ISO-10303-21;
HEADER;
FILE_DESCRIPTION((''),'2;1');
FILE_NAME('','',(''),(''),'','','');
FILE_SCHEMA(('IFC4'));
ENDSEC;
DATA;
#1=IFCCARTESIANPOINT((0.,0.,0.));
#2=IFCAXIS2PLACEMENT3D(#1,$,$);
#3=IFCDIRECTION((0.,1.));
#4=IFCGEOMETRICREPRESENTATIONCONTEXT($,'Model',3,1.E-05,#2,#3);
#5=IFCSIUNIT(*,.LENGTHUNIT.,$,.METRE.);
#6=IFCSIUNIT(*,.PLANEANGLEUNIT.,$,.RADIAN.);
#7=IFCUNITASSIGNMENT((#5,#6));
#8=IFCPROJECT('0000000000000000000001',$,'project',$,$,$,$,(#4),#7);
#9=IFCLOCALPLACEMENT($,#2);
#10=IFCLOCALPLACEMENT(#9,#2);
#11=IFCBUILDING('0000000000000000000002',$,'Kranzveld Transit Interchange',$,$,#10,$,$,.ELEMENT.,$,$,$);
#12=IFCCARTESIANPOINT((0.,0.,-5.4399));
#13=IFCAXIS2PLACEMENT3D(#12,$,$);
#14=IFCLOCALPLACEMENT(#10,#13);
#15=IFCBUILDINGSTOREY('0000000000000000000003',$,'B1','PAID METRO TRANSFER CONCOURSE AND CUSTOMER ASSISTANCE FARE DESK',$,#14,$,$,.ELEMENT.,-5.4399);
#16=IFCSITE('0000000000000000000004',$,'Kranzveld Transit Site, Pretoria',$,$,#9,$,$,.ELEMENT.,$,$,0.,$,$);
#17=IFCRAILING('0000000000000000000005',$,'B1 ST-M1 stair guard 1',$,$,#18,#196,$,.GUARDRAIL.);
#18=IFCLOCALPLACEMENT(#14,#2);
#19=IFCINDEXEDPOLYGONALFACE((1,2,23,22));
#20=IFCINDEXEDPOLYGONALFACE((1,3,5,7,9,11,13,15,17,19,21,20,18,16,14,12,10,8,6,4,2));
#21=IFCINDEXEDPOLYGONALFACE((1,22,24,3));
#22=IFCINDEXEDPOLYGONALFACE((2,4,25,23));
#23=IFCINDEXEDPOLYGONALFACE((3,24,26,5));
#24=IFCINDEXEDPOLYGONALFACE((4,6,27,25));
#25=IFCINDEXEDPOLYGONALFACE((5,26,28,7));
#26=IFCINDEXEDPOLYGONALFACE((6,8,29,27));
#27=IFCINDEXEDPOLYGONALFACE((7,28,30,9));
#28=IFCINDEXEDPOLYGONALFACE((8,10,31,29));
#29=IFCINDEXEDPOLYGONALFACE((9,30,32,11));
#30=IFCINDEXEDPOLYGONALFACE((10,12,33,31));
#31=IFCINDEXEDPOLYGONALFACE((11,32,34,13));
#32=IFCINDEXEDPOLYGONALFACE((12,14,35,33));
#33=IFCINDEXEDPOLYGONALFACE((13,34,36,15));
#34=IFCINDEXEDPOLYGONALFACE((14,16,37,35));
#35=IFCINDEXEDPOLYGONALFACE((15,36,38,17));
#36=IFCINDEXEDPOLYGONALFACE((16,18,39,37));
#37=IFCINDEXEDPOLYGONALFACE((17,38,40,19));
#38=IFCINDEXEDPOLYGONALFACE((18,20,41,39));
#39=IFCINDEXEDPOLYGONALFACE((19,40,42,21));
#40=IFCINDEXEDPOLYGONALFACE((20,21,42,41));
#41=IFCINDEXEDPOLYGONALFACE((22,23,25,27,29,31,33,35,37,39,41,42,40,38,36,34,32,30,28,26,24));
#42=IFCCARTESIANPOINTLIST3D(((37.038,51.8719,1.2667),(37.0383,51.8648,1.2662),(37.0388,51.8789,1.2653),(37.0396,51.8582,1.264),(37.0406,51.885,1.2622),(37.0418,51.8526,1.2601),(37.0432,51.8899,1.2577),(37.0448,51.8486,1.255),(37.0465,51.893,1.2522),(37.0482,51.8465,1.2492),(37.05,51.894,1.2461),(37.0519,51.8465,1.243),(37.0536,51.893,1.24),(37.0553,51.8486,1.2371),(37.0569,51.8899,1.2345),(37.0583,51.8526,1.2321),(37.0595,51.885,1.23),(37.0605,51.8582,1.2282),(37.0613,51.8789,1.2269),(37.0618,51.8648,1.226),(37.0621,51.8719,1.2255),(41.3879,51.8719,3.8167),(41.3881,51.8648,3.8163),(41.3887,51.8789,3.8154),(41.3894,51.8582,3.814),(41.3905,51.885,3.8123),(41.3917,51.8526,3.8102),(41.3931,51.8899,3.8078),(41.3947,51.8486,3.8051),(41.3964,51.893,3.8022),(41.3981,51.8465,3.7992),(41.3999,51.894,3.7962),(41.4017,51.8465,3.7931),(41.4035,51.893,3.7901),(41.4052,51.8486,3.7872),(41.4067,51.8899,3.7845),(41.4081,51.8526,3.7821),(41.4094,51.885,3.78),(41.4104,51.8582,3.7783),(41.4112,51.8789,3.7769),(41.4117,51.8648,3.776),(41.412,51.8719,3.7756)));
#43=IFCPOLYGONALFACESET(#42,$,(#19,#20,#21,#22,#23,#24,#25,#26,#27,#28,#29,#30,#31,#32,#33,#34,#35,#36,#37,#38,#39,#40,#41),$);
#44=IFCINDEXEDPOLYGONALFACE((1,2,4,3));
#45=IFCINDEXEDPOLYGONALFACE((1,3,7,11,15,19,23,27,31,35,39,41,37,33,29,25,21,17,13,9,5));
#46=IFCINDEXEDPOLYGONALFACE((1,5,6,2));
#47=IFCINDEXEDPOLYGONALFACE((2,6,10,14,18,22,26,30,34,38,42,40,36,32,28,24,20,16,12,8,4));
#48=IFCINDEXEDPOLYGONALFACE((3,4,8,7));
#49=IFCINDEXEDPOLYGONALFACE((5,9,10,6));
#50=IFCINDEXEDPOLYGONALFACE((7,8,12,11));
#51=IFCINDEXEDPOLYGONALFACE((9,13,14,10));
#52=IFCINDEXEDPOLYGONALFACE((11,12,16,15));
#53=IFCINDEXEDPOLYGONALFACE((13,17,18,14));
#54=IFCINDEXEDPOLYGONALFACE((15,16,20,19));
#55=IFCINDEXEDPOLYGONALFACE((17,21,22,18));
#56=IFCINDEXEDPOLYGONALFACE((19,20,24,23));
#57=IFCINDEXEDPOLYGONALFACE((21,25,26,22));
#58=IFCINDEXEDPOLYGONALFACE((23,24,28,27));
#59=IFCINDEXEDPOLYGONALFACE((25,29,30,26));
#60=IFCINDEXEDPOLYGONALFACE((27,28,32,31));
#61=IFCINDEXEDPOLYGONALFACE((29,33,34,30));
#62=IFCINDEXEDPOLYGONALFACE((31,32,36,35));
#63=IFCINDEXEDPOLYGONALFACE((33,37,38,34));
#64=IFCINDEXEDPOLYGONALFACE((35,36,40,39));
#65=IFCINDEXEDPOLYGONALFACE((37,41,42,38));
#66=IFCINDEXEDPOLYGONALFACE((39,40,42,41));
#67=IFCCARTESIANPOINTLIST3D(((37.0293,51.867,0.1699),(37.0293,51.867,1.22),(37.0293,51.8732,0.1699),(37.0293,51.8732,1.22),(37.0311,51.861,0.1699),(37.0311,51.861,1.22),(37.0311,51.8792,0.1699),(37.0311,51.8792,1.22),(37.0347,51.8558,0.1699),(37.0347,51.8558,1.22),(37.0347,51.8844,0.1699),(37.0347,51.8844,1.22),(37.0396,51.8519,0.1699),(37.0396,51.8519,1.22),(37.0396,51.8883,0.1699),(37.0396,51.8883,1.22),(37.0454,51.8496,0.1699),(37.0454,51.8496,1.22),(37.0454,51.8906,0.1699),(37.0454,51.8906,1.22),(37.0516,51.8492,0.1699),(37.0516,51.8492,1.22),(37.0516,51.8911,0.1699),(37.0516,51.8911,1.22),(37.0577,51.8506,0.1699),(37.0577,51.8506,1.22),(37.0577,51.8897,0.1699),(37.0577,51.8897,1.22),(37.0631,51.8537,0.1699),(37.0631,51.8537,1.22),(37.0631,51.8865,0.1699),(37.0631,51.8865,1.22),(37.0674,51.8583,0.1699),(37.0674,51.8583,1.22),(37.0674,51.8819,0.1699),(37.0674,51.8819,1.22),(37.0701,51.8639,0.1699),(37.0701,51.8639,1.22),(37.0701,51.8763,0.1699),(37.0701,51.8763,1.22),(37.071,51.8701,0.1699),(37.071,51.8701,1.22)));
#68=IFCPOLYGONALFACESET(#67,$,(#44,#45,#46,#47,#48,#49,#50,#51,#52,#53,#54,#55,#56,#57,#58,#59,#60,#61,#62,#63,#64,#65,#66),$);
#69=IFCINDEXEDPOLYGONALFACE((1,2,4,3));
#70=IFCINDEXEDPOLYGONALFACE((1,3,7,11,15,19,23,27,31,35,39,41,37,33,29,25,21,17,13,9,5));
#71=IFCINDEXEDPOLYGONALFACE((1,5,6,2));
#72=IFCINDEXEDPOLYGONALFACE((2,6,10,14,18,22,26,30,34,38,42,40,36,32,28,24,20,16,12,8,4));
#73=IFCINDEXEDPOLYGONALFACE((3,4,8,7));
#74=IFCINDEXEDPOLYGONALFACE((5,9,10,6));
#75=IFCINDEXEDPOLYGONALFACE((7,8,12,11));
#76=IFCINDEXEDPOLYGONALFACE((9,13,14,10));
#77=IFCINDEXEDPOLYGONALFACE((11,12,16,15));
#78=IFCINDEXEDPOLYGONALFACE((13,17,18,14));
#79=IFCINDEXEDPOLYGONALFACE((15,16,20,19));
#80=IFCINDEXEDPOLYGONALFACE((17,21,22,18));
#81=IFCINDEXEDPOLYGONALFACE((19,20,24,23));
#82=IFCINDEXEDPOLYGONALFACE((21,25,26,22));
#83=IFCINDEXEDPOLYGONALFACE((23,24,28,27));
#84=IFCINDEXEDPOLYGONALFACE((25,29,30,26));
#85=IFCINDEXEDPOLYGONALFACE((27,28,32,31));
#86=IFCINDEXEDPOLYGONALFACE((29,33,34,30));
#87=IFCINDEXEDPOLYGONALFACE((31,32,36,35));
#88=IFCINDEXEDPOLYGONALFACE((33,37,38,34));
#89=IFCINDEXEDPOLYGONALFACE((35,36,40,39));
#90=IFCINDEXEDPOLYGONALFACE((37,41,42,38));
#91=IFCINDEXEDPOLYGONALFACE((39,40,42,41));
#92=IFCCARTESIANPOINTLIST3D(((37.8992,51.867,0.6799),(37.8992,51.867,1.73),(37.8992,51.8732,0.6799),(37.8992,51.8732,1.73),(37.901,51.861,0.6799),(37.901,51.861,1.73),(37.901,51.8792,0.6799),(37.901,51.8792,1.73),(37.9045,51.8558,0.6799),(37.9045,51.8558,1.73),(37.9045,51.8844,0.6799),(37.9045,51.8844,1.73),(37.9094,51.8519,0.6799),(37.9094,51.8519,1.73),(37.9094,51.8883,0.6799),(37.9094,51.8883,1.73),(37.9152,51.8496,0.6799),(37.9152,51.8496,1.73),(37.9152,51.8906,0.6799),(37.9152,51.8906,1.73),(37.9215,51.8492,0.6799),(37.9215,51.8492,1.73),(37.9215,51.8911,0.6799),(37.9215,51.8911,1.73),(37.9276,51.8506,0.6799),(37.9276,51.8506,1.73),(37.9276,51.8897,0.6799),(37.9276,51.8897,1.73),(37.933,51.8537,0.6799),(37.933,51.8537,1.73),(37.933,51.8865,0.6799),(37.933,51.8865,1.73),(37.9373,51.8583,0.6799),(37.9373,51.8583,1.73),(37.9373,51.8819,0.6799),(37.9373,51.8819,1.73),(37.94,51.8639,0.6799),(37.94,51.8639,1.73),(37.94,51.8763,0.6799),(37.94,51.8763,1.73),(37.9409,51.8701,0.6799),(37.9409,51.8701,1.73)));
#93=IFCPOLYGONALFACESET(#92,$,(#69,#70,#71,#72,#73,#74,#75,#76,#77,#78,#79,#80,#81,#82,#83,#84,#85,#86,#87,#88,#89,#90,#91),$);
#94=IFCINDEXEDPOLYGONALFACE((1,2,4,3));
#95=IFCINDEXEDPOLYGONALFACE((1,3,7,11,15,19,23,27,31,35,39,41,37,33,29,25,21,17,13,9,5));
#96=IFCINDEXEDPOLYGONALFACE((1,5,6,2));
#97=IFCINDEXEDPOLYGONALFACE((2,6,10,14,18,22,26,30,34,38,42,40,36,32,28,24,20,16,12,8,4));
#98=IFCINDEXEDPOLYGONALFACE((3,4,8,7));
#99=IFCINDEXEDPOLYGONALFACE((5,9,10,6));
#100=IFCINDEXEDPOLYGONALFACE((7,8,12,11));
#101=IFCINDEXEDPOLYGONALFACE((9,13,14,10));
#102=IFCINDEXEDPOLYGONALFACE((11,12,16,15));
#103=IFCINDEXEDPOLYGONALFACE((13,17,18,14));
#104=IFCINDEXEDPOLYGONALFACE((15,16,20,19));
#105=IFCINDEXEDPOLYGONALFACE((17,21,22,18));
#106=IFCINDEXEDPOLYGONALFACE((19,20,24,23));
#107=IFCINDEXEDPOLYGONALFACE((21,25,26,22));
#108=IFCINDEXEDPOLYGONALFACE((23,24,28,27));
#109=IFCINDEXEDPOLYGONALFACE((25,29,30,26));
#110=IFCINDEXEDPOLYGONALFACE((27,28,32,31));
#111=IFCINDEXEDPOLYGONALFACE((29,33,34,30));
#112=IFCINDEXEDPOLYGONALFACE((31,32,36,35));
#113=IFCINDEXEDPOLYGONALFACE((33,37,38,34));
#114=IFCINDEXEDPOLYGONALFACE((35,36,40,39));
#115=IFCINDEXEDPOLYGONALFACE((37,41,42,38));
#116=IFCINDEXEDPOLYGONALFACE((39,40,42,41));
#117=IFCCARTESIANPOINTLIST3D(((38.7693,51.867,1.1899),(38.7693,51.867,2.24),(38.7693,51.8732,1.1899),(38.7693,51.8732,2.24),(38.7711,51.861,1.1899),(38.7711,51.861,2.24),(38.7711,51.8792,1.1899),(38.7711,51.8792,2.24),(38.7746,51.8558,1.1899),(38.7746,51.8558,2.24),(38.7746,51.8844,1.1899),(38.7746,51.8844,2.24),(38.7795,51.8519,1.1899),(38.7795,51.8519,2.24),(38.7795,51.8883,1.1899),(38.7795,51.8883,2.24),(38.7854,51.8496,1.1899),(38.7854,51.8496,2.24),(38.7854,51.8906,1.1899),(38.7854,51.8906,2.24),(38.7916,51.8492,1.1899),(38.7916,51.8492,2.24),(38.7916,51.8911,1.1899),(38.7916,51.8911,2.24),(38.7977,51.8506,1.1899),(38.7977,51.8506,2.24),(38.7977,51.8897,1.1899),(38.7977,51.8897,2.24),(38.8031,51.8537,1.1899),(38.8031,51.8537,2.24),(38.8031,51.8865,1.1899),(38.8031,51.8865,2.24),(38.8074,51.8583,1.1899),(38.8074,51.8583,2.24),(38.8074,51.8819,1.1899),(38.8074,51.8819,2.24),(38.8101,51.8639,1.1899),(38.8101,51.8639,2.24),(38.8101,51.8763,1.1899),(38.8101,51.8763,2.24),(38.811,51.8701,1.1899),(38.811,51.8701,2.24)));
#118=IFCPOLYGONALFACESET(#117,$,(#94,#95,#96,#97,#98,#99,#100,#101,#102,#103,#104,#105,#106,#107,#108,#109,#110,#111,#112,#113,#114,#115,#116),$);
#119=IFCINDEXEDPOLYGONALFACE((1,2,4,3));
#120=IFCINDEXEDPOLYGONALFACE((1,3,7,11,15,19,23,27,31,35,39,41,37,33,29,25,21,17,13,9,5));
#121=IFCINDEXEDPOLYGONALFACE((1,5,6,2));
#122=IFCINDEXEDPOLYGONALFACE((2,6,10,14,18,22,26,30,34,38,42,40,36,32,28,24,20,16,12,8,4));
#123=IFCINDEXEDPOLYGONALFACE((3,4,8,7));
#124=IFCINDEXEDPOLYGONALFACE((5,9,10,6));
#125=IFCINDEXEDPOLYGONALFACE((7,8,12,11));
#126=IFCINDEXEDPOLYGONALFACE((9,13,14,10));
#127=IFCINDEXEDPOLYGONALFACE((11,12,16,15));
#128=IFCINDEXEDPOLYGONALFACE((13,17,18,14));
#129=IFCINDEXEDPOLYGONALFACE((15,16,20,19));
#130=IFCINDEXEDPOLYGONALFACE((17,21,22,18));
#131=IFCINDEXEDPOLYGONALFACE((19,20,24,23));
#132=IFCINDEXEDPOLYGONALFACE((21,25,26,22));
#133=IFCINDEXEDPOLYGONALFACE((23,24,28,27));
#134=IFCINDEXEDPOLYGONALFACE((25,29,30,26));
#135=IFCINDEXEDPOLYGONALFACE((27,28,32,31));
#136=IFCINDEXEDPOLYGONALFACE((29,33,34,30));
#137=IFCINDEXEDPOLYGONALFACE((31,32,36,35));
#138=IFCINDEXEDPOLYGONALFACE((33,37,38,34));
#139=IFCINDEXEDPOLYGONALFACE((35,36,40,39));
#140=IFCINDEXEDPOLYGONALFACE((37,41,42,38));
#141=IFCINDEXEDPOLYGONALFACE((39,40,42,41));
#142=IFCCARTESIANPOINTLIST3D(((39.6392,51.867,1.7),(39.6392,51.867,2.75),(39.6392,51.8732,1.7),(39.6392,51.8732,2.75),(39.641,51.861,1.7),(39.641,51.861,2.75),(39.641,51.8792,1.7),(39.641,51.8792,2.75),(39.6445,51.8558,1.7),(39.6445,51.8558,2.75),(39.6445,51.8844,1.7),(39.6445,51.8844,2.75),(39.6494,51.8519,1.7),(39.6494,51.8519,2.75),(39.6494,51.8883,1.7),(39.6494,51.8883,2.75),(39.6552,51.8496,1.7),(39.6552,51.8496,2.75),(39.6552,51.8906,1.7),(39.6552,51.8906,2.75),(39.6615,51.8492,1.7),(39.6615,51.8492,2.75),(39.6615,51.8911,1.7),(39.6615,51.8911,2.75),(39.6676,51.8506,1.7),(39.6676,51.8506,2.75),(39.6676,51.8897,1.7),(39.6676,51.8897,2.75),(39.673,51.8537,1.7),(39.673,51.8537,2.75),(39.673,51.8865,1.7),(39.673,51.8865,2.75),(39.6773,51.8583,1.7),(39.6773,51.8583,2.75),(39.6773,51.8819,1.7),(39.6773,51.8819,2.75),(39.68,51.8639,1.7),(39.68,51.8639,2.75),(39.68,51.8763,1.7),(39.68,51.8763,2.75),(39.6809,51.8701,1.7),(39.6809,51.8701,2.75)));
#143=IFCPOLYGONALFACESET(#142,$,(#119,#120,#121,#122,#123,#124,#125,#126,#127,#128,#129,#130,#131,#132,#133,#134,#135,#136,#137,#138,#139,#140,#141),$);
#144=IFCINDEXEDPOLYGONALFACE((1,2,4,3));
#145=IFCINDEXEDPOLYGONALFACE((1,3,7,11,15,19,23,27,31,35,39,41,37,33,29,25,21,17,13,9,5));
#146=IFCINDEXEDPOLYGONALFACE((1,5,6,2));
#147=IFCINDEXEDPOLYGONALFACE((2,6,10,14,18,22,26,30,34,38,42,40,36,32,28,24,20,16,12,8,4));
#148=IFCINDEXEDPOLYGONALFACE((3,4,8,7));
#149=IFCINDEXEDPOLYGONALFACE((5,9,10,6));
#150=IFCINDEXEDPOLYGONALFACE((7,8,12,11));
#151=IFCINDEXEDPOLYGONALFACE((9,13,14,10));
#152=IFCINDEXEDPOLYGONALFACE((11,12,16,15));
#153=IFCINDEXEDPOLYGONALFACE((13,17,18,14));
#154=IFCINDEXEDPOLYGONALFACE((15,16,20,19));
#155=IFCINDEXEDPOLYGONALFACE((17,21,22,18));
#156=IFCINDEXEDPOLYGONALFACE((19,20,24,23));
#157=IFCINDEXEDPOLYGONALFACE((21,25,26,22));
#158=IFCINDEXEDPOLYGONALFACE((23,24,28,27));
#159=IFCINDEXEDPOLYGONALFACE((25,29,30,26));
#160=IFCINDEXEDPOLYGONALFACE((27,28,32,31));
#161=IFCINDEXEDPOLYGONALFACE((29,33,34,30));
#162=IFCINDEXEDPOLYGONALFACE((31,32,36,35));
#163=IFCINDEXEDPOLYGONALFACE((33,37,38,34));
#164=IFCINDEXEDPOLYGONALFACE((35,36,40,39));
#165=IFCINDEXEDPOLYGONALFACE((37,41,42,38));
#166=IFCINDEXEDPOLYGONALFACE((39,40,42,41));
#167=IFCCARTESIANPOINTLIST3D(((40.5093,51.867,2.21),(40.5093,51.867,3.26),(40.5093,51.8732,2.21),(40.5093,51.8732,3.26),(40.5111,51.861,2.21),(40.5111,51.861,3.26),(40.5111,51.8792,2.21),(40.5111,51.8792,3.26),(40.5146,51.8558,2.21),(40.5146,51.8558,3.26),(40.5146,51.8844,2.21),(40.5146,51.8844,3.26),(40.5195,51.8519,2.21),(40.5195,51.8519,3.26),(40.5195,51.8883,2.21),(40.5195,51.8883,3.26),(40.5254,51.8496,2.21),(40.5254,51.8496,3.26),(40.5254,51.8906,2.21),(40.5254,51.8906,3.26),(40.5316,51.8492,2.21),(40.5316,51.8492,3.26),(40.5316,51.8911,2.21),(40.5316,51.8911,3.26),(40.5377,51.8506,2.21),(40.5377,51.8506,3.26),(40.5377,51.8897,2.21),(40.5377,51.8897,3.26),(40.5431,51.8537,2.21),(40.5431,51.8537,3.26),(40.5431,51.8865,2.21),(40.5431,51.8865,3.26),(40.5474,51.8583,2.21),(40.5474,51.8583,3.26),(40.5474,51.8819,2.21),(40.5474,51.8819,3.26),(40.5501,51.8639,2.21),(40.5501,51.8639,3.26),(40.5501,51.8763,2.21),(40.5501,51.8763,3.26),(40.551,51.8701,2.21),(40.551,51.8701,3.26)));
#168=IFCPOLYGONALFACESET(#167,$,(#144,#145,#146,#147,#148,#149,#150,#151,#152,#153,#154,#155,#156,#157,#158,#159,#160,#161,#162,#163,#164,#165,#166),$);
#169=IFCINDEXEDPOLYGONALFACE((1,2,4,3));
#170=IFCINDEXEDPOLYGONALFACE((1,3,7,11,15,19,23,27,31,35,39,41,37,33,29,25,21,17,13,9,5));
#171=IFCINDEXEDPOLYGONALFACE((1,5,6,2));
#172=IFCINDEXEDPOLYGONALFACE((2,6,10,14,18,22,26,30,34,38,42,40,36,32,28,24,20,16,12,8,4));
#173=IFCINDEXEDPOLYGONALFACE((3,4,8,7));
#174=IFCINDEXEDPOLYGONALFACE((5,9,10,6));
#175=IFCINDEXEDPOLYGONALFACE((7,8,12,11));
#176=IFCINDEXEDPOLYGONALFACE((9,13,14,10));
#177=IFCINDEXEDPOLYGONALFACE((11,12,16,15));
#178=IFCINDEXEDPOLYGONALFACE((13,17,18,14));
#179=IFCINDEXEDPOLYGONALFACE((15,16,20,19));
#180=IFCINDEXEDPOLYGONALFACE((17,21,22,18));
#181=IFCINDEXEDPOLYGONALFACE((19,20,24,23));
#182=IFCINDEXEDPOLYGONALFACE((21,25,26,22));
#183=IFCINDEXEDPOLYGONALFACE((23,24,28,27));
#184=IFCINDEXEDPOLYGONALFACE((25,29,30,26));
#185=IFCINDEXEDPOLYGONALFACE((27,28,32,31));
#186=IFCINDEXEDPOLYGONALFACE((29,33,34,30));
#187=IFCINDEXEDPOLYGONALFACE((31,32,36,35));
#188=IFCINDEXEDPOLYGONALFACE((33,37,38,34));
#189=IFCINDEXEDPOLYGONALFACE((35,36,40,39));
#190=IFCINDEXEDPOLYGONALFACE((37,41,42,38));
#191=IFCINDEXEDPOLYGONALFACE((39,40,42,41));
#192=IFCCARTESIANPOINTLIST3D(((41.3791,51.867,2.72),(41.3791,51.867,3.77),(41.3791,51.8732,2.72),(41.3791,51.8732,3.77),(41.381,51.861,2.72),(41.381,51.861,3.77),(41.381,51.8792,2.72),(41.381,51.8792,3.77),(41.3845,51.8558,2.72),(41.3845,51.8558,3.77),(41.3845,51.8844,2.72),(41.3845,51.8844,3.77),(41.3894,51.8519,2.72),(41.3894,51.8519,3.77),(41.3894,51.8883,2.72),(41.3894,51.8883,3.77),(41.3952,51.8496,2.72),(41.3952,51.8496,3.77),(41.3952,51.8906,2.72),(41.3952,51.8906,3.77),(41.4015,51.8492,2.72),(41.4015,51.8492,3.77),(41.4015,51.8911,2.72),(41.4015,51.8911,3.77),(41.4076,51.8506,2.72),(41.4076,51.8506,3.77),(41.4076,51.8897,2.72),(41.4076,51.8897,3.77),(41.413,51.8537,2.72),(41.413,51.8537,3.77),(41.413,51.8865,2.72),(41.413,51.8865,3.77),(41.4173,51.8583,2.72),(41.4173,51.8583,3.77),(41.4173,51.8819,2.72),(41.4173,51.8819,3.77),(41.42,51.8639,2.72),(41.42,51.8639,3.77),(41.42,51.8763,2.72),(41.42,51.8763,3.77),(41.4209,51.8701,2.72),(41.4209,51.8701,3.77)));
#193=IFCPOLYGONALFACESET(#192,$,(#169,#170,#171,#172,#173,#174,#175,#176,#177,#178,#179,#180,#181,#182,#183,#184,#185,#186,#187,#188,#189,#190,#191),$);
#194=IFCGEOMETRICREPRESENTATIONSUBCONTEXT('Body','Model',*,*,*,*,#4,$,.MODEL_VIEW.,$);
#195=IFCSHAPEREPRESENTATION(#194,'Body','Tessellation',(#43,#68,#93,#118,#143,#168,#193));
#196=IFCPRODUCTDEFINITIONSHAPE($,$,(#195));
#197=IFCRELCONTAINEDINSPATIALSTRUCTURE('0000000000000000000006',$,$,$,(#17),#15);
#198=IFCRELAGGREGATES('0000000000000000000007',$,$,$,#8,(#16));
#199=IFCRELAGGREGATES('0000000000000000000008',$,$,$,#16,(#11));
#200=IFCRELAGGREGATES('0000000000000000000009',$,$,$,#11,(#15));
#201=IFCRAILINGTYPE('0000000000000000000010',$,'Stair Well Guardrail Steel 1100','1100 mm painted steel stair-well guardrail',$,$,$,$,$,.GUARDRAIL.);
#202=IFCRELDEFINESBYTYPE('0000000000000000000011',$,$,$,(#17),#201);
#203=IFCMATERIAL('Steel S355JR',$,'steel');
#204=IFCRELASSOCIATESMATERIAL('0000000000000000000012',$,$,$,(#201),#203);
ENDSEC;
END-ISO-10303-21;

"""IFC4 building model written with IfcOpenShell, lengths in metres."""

from ifc_helpers import new_model, si_unit, direction, frame, origin, origin_2d, place, context, subcontext, project, spatial, circle, extrude, material, type_object, element, save


model = new_model("IFC4")

# Units and contexts
model_context = context("Model", 3, precision=1e-05, world=origin(), true_north=direction((0.0, 1.0)))
body_context = subcontext(model_context, "Body", "Model", "MODEL_VIEW")
ifc_project = project(units=[si_unit("LENGTHUNIT", "METRE"), si_unit("PLANEANGLEUNIT", "RADIAN")], contexts=[model_context])

# Site, building, storey
site_placement = place(None, origin())
site = spatial("IfcSite", under=ifc_project, at=site_placement, Name="Kranzveld Transit Site, Pretoria", CompositionType="ELEMENT", RefElevation=0.0)
building_placement = place(site_placement, origin())
building = spatial("IfcBuilding", under=site, at=building_placement, Name="Kranzveld Transit Interchange", CompositionType="ELEMENT")
storey_placement = place(building_placement, frame((0.0, 0.0, -5.4399)))
storey = spatial("IfcBuildingStorey", under=building, at=storey_placement, Name="B1", Description="PAID METRO TRANSFER CONCOURSE AND CUSTOMER ASSISTANCE FARE DESK", CompositionType="ELEMENT", Elevation=-5.4399)

# Railing
ifc_material_1 = material(Name="Steel S355JR", Category="steel")
railing_type_1 = type_object("IfcRailingType", Name="Stair Well Guardrail Steel 1100", Description="1100 mm painted steel stair-well guardrail", PredefinedType="GUARDRAIL", material=ifc_material_1)
railing_1_placement = place(storey_placement, frame((37.05, 51.8701, 0.1699)))
element("IfcRailing", 1, at=railing_1_placement, inside=storey, type_object=railing_type_1, Name="B1 ST-M1 stair guard 1", PredefinedType="GUARDRAIL", context=body_context, shape_type="SweptSolid", body=[
    extrude(circle(Radius=0.0239, at=origin_2d()), frame((0.0, 0.0, 1.0762), z_axis=(0.862686, 0.0, 0.505739), x_axis=(0.0, 1.0, 0.0)), (0.0, 0.0, 1.0), 5.0422),
    extrude(circle(Radius=0.021, at=origin_2d()), origin(), (0.0, 0.0, 1.0), 1.05),
    extrude(circle(Radius=0.021, at=origin_2d()), frame((0.8699, 0.0, 0.51)), (0.0, 0.0, 1.0), 1.05),
    extrude(circle(Radius=0.021, at=origin_2d()), frame((1.74, 0.0, 1.02)), (0.0, 0.0, 1.0), 1.05),
    extrude(circle(Radius=0.021, at=origin_2d()), frame((2.6099, 0.0, 1.53)), (0.0, 0.0, 1.0), 1.05),
    extrude(circle(Radius=0.021, at=origin_2d()), frame((3.48, 0.0, 2.04)), (0.0, 0.0, 1.0), 1.05),
    extrude(circle(Radius=0.021, at=origin_2d()), frame((4.3499, 0.0, 2.55)), (0.0, 0.0, 1.0), 1.05),
])

save(model, "model.ifc")
